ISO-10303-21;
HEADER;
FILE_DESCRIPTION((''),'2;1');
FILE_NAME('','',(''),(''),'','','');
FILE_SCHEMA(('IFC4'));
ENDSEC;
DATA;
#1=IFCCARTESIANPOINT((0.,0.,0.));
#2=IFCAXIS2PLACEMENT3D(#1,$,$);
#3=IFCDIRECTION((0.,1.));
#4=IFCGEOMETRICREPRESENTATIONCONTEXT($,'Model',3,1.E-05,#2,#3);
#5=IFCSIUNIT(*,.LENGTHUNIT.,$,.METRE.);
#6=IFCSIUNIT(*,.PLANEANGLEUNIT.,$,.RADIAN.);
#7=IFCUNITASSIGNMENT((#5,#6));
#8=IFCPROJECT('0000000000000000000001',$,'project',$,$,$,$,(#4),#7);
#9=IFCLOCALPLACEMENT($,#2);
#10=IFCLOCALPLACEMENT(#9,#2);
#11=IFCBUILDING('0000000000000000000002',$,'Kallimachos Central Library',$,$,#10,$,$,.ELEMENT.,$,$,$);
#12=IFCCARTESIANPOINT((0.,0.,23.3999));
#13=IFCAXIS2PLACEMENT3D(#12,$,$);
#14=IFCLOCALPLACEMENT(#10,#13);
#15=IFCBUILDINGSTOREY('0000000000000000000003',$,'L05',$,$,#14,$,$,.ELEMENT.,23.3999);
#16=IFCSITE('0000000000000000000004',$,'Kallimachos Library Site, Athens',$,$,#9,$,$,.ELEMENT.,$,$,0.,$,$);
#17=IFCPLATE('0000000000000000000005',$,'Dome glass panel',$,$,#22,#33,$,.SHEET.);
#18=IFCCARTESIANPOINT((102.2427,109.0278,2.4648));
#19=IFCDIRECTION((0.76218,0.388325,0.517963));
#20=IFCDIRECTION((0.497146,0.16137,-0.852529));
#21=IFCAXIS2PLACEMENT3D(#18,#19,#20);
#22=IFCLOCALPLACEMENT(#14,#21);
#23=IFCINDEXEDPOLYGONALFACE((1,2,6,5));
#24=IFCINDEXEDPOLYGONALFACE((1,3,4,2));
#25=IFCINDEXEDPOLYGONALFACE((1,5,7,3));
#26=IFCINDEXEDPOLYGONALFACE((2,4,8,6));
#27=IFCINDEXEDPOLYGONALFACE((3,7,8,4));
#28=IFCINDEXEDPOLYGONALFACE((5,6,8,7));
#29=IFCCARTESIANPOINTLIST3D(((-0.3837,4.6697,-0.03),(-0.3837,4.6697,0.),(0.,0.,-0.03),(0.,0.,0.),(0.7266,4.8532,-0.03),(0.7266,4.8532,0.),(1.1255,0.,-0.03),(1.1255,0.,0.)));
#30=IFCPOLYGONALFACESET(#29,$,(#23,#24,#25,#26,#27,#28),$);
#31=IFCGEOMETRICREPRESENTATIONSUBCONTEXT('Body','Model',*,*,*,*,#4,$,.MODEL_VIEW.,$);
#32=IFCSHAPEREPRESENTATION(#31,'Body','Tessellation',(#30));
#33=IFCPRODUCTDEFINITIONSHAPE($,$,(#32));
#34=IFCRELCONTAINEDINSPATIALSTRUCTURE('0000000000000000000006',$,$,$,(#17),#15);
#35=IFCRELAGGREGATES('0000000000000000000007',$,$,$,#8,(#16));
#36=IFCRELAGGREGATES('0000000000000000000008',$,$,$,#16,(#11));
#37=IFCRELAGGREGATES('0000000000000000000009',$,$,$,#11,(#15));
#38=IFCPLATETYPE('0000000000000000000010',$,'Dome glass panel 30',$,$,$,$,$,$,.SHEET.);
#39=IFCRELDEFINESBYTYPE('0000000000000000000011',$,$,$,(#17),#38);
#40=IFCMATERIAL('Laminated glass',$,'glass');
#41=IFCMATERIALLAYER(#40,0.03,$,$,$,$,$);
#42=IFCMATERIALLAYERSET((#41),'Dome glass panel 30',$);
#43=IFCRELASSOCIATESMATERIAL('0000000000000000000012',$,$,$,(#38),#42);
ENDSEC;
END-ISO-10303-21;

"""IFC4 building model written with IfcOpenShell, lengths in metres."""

from ifc_helpers import new_model, si_unit, direction, frame, origin, place, context, subcontext, project, spatial, polyline, outline, extrude, material, layer, layer_set, type_object, element, save


model = new_model("IFC4")

# Units and contexts
model_context = context("Model", 3, precision=1e-05, world=origin(), true_north=direction((0.0, 1.0)))
body_context = subcontext(model_context, "Body", "Model", "MODEL_VIEW")
ifc_project = project(units=[si_unit("LENGTHUNIT", "METRE"), si_unit("PLANEANGLEUNIT", "RADIAN")], contexts=[model_context])

# Site, building, storey
site_placement = place(None, origin())
site = spatial("IfcSite", under=ifc_project, at=site_placement, Name="Kallimachos Library Site, Athens", CompositionType="ELEMENT", RefElevation=0.0)
building_placement = place(site_placement, origin())
building = spatial("IfcBuilding", under=site, at=building_placement, Name="Kallimachos Central Library", CompositionType="ELEMENT")
storey_placement = place(building_placement, frame((0.0, 0.0, 23.3999)))
storey = spatial("IfcBuildingStorey", under=building, at=storey_placement, Name="L05", CompositionType="ELEMENT", Elevation=23.3999)

# Plate
ifc_material_1 = material(Name="Laminated glass", Category="glass")
ifc_layer_1 = layer(ifc_material_1, 0.03)
ifc_layer_set_1 = layer_set([ifc_layer_1], Name="Dome glass panel 30")
plate_type_1 = type_object("IfcPlateType", Name="Dome glass panel 30", PredefinedType="SHEET", material=ifc_layer_set_1)
plate_1_placement = place(storey_placement, frame((102.2427, 109.0278, 2.4648), z_axis=(0.76218, 0.388325, 0.517963), x_axis=(0.497146, 0.16137, -0.852529)))
element("IfcPlate", 1, at=plate_1_placement, inside=storey, type_object=plate_type_1, Name="Dome glass panel", PredefinedType="SHEET", context=body_context, shape_type="SweptSolid", body=[
    extrude(outline(polyline([(0.0, 0.0), (1.1255, 0.0), (0.7266, 4.8532), (-0.3837, 4.6697), (0.0, 0.0)])), origin(), (0.0, 0.0, -1.0), 0.03),
])

save(model, "model.ifc")
